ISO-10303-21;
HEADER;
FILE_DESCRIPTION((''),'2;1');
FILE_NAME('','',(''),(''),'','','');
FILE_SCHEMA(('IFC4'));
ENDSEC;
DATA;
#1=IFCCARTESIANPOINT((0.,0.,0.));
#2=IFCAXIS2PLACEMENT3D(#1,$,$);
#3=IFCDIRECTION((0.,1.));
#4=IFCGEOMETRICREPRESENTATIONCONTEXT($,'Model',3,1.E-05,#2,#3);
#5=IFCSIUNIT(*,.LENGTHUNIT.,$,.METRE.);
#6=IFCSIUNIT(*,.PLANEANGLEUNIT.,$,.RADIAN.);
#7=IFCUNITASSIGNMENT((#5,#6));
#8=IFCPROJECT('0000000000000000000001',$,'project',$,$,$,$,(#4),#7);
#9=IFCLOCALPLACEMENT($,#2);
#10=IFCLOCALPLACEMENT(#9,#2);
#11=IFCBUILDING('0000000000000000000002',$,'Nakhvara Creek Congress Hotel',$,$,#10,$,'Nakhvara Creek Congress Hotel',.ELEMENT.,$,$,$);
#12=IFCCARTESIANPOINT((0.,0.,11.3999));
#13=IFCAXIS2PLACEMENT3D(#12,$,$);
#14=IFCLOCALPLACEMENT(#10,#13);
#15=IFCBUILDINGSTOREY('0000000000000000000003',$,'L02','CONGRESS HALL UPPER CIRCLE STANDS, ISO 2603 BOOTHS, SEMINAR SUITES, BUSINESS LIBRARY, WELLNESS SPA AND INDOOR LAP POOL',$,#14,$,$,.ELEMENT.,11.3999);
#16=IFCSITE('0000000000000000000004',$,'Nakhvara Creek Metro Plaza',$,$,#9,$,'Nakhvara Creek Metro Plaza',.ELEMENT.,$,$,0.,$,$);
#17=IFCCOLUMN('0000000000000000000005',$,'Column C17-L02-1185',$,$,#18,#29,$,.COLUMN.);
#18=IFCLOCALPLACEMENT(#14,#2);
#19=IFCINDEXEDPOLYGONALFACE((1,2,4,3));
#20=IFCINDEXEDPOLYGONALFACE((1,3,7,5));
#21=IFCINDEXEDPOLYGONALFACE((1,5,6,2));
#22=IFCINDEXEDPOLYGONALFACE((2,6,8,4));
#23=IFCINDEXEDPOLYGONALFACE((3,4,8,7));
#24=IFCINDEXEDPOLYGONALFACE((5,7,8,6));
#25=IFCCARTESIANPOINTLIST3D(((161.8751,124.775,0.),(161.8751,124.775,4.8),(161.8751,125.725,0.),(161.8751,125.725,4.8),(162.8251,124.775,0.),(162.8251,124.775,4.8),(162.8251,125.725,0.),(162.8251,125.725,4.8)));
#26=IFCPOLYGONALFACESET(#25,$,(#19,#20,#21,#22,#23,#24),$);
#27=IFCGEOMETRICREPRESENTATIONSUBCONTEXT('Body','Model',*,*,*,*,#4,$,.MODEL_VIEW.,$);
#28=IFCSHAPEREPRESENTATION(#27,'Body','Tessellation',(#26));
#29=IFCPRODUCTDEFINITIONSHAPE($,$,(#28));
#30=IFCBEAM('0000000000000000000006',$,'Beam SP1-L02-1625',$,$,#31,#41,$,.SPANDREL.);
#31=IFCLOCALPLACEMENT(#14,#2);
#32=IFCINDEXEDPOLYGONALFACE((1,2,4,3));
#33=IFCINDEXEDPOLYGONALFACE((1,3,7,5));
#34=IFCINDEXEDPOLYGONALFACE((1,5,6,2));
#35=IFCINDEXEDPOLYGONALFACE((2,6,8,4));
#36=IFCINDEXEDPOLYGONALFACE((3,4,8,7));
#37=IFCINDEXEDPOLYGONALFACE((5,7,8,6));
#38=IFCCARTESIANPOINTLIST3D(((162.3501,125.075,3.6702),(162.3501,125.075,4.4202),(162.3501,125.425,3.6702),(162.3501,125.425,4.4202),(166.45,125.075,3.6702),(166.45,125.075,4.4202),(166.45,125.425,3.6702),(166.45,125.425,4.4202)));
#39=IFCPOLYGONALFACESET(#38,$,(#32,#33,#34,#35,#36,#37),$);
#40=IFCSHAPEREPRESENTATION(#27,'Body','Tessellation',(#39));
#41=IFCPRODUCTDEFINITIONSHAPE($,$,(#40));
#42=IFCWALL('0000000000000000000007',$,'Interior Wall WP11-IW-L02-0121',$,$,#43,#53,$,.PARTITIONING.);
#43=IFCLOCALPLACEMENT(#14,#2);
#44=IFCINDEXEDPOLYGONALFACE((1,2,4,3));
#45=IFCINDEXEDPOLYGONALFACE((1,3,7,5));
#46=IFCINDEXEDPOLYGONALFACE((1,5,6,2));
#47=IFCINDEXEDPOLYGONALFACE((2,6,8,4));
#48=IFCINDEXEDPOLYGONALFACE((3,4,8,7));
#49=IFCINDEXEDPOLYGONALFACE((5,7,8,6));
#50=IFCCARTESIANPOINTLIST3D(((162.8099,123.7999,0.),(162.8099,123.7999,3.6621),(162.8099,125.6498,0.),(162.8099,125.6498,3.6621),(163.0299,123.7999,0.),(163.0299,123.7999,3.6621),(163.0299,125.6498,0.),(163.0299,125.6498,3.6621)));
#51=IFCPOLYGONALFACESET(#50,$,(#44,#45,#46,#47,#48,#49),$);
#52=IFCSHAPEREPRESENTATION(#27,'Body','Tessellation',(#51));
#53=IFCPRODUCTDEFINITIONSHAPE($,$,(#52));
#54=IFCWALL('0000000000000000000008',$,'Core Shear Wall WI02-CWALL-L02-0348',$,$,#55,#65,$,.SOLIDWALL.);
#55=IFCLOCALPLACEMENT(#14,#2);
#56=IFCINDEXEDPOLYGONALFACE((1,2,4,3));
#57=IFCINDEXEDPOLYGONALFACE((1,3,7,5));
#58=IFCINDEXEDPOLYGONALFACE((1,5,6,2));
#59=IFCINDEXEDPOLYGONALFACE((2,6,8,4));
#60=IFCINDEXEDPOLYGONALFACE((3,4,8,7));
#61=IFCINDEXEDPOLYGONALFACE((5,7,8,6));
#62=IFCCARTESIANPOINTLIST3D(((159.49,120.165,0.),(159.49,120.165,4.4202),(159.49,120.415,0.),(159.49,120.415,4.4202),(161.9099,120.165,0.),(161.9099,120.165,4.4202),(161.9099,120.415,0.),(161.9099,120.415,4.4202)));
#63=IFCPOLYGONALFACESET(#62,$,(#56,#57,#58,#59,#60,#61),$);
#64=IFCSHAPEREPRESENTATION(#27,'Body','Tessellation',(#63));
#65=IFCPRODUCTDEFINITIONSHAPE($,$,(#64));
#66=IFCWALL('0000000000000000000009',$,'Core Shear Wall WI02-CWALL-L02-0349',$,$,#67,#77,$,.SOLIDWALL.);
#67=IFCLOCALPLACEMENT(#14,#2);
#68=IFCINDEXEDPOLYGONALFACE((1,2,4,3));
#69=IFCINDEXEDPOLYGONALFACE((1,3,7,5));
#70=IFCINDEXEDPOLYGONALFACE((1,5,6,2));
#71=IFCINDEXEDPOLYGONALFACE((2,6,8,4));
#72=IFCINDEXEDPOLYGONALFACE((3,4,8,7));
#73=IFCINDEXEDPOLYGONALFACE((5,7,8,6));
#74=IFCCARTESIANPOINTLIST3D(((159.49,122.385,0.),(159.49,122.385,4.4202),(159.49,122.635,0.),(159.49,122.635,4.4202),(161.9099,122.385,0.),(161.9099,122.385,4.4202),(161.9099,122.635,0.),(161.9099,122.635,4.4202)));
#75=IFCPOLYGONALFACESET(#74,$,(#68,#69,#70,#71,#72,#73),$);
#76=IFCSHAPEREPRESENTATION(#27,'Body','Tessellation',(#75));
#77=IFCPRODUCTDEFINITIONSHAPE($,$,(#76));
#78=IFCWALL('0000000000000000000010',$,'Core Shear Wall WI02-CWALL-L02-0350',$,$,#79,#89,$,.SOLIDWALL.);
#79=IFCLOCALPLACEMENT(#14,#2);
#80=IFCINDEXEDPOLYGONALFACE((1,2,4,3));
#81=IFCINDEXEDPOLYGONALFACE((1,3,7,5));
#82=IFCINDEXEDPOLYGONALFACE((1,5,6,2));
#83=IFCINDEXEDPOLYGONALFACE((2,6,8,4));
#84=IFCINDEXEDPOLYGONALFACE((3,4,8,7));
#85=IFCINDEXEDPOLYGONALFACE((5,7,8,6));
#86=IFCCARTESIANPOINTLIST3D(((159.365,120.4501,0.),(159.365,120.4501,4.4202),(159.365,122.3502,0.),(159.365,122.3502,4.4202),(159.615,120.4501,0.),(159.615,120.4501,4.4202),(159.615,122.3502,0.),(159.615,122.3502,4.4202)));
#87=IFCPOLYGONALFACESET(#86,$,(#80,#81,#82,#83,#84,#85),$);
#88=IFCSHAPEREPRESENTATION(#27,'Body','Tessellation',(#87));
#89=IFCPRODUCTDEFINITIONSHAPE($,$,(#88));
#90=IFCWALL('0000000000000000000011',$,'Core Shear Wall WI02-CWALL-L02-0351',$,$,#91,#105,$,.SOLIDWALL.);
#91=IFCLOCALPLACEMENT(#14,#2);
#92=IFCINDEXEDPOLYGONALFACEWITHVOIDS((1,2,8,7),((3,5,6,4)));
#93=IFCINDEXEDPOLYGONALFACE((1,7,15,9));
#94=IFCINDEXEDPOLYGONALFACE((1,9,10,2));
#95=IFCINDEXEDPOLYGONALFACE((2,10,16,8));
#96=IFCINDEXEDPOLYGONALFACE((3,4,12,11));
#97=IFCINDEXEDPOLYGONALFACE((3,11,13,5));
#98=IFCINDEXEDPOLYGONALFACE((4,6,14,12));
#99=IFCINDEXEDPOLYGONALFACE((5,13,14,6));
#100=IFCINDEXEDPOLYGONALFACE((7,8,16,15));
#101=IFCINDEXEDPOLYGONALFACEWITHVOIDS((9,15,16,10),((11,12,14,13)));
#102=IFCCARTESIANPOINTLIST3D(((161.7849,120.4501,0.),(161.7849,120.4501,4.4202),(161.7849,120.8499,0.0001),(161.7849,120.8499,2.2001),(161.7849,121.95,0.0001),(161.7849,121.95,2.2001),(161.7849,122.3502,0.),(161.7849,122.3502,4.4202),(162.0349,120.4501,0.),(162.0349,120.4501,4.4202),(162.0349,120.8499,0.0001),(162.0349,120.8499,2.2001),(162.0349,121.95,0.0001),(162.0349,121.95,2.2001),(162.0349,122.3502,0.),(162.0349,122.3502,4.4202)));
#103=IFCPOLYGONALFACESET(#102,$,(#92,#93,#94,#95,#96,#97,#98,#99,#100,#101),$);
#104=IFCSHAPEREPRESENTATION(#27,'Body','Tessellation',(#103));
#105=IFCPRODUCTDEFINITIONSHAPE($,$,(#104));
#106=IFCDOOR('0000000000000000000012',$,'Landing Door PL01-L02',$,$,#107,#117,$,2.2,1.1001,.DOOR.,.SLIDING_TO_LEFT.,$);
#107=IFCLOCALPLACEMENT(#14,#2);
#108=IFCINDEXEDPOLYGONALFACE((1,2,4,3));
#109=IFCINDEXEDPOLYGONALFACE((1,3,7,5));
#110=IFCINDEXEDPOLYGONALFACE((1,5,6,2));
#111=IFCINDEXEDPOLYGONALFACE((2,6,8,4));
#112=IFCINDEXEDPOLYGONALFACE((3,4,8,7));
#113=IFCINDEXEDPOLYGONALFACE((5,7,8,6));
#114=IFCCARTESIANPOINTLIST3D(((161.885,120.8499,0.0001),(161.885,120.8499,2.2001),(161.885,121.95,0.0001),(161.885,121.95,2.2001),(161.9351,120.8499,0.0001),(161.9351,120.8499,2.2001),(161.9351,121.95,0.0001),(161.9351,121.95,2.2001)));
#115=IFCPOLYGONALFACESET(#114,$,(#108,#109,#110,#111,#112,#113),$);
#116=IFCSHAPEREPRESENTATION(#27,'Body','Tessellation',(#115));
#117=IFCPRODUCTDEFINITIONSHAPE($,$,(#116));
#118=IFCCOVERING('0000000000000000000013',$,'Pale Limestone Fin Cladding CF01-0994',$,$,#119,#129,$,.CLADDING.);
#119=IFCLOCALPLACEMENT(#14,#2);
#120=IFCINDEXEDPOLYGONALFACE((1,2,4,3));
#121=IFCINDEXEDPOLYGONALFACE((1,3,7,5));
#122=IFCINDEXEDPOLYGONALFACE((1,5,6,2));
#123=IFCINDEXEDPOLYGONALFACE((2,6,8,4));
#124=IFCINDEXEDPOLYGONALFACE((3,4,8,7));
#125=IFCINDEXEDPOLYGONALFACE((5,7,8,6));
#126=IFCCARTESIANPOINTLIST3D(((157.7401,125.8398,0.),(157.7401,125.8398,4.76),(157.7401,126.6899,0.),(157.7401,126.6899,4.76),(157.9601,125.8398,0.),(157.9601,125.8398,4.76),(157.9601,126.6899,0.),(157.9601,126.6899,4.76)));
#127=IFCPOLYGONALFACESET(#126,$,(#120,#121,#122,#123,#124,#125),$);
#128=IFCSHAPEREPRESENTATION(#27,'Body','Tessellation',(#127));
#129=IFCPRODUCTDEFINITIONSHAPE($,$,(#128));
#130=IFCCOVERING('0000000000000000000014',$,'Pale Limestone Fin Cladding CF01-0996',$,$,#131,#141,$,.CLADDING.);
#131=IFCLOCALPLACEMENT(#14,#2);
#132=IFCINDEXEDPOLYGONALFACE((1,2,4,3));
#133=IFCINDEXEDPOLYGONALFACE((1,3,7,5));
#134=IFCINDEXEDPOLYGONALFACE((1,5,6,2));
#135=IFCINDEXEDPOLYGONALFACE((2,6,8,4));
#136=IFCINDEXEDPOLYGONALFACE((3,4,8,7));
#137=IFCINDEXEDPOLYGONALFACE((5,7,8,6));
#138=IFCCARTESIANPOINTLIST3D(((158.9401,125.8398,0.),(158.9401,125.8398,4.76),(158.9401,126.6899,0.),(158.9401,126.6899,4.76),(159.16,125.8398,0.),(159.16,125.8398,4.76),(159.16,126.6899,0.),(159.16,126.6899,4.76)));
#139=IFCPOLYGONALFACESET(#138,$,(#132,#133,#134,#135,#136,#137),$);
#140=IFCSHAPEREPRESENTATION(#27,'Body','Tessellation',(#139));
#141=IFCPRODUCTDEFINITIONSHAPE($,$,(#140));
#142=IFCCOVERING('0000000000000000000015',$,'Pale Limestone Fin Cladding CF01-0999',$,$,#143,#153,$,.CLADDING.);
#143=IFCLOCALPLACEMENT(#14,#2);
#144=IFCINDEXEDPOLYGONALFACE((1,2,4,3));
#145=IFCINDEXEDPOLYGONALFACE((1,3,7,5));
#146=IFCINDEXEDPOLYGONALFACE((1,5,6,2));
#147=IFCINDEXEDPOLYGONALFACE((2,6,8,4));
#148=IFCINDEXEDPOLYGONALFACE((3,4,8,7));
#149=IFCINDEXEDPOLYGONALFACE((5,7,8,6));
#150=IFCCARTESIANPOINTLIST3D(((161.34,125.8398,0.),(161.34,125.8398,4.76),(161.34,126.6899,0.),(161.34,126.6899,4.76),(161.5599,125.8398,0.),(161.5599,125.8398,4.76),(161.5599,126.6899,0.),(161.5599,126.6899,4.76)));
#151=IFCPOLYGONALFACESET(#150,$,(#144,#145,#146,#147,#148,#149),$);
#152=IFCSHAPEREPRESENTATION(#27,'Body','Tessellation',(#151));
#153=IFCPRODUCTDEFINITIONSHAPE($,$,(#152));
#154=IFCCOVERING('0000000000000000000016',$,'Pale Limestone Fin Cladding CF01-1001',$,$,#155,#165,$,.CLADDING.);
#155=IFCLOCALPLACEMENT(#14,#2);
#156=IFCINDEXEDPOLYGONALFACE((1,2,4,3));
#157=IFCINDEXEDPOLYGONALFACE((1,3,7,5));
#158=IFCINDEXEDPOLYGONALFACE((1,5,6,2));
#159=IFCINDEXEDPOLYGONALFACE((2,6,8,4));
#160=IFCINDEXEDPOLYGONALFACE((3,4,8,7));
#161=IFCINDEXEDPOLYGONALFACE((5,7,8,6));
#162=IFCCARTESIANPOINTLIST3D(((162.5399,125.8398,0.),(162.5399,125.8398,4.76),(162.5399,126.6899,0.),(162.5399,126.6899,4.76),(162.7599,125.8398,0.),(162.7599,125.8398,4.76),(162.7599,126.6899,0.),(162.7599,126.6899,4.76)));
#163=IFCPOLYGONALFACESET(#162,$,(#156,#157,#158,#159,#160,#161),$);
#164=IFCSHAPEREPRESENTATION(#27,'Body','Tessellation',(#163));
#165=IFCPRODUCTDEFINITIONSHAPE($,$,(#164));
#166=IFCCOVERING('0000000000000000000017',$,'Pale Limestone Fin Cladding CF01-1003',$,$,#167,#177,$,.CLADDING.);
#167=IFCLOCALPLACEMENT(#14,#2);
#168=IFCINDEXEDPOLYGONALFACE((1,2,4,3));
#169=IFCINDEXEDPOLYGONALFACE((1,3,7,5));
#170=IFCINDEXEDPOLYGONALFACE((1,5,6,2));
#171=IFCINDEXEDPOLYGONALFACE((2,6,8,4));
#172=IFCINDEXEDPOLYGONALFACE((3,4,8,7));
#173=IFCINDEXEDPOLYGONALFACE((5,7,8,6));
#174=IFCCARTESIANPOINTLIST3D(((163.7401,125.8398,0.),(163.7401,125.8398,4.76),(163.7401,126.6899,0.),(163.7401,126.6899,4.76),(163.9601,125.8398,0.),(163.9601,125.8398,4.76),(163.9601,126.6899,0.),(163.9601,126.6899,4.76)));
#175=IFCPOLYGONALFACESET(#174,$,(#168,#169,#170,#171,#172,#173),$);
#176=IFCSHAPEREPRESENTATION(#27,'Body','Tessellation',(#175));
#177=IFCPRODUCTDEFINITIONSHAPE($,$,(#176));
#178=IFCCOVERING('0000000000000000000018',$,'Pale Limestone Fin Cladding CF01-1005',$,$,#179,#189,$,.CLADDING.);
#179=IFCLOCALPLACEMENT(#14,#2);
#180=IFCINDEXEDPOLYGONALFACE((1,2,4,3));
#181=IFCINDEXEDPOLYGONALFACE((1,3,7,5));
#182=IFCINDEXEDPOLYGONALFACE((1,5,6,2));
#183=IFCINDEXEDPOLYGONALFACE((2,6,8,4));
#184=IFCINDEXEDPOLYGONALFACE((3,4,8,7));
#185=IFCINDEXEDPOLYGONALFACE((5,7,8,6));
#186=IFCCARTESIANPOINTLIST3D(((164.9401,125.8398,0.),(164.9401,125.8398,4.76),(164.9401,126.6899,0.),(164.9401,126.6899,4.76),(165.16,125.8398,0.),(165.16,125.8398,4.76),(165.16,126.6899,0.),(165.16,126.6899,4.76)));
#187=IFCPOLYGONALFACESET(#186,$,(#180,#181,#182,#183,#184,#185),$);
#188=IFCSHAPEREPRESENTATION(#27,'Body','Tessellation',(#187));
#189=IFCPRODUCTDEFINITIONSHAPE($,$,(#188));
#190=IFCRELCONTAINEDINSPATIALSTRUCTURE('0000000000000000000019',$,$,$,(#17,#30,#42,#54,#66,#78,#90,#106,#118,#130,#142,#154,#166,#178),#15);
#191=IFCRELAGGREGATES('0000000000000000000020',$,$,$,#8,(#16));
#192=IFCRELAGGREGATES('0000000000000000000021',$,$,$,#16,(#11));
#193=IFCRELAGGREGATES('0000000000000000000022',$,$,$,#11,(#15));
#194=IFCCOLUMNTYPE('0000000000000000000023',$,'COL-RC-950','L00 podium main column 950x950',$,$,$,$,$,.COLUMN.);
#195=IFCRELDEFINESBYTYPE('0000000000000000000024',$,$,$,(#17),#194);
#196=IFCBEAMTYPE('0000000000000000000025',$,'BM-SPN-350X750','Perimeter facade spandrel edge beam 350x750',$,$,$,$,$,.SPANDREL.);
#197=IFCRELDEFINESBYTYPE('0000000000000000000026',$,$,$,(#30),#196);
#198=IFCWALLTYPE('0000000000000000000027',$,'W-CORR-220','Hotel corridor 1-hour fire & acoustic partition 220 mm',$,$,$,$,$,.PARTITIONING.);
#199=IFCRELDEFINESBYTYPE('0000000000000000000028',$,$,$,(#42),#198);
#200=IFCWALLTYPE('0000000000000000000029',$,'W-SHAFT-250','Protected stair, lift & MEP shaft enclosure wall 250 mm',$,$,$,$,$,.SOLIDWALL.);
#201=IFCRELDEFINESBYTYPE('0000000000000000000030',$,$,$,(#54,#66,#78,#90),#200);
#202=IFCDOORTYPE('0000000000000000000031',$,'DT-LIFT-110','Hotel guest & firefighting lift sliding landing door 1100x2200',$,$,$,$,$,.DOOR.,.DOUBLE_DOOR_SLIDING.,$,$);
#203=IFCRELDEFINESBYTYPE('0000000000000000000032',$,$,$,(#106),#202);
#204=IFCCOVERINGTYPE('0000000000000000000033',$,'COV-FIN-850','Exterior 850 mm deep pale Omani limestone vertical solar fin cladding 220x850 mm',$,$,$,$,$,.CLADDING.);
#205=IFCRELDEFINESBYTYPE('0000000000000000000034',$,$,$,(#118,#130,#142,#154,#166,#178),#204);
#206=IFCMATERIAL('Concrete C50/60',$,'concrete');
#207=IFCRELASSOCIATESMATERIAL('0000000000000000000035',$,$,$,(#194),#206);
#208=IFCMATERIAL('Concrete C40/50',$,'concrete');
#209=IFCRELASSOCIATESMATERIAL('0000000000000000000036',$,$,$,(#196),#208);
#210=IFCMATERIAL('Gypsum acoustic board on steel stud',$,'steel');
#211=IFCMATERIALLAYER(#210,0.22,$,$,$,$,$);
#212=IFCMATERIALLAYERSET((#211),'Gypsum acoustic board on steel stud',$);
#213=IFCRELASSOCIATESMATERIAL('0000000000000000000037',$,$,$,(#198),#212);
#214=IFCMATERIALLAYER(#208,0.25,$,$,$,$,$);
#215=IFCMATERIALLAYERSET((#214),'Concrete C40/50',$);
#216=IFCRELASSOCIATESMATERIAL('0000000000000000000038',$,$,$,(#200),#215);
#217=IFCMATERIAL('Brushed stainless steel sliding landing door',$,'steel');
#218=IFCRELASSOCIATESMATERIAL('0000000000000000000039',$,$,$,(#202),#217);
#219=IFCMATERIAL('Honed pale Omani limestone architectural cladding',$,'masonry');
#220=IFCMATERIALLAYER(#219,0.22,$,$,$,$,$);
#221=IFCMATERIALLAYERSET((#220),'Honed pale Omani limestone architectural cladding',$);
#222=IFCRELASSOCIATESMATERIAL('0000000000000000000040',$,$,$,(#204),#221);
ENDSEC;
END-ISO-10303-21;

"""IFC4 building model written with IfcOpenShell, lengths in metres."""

from ifc_helpers import new_model, si_unit, direction, frame, frame_2d, origin, origin_2d, place, context, subcontext, project, spatial, rectangle, extrude, material, layer, layer_set, material_profile, profile_set, type_object, element, fill, save


model = new_model("IFC4")

# Units and contexts
model_context = context("Model", 3, precision=1e-05, world=origin(), true_north=direction((0.0, 1.0)))
body_context = subcontext(model_context, "Body", "Model", "MODEL_VIEW")
ifc_project = project(units=[si_unit("LENGTHUNIT", "METRE"), si_unit("PLANEANGLEUNIT", "RADIAN")], contexts=[model_context])

# Site, building, storey
site_placement = place(None, origin())
site = spatial("IfcSite", under=ifc_project, at=site_placement, Name="Nakhvara Creek Metro Plaza", LongName="Nakhvara Creek Metro Plaza", CompositionType="ELEMENT", RefElevation=0.0)
building_placement = place(site_placement, origin())
building = spatial("IfcBuilding", under=site, at=building_placement, Name="Nakhvara Creek Congress Hotel", LongName="Nakhvara Creek Congress Hotel", CompositionType="ELEMENT")
storey_placement = place(building_placement, frame((0.0, 0.0, 11.3999)))
storey = spatial("IfcBuildingStorey", under=building, at=storey_placement, Name="L02", Description="CONGRESS HALL UPPER CIRCLE STANDS, ISO 2603 BOOTHS, SEMINAR SUITES, BUSINESS LIBRARY, WELLNESS SPA AND INDOOR LAP POOL", CompositionType="ELEMENT", Elevation=11.3999)

# Column
ifc_material_1 = material(Name="Concrete C50/60", Category="concrete")
ifc_material_profile_1 = material_profile(ifc_material_1, rectangle(XDim=0.95, YDim=0.95, at=origin_2d()), Name="RC-COL 950x950", Category="LoadBearing")
ifc_profile_set_1 = profile_set([ifc_material_profile_1], Name="Concrete C50/60")
column_type = type_object("IfcColumnType", Name="COL-RC-950", Description="L00 podium main column 950x950", PredefinedType="COLUMN", material=ifc_profile_set_1)
column_placement = place(storey_placement, frame((162.3501, 125.25, 0.0), z_axis=(0.0, 0.0, 1.0), x_axis=(1.0, 0.0, 0.0)))
element("IfcColumn", 1, at=column_placement, inside=storey, type_object=column_type, Name="Column C17-L02-1185", PredefinedType="COLUMN", context=body_context, shape_type="SweptSolid", body=[
    extrude(rectangle(XDim=0.95, YDim=0.95, at=origin_2d()), origin(), (0.0, 0.0, 1.0), 4.8),
])

# Beam
ifc_material_2 = material(Name="Concrete C40/50", Category="concrete")
ifc_material_profile_2 = material_profile(ifc_material_2, rectangle(XDim=0.3501, YDim=0.75, at=origin_2d()), Name="RC-SPANDREL 350x750", Category="LoadBearing")
ifc_profile_set_2 = profile_set([ifc_material_profile_2], Name="Concrete C40/50")
beam_type = type_object("IfcBeamType", Name="BM-SPN-350X750", Description="Perimeter facade spandrel edge beam 350x750", PredefinedType="SPANDREL", material=ifc_profile_set_2)
beam_placement = place(storey_placement, frame((162.3501, 125.25, 4.0452), z_axis=(1.0, 0.0, 0.0), x_axis=(0.0, 1.0, 0.0)))
element("IfcBeam", 2, at=beam_placement, inside=storey, type_object=beam_type, Name="Beam SP1-L02-1625", PredefinedType="SPANDREL", context=body_context, shape_type="SweptSolid", body=[
    extrude(rectangle(XDim=0.3501, YDim=0.75, at=origin_2d()), origin(), (0.0, 0.0, 1.0), 4.0999),
])

# Walls
ifc_material_3 = material(Name="Gypsum acoustic board on steel stud", Category="steel")
ifc_layer_1 = layer(ifc_material_3, 0.22)
ifc_layer_set_1 = layer_set([ifc_layer_1], Name="Gypsum acoustic board on steel stud")
wall_type_1 = type_object("IfcWallType", Name="W-CORR-220", Description="Hotel corridor 1-hour fire & acoustic partition 220 mm", PredefinedType="PARTITIONING", material=ifc_layer_set_1)
wall_1_placement = place(storey_placement, frame((162.9199, 123.8, 0.0), z_axis=(0.0, 0.0, 1.0), x_axis=(0.0, 1.0, 0.0)))
element("IfcWall", 3, at=wall_1_placement, inside=storey, type_object=wall_type_1, Name="Interior Wall WP11-IW-L02-0121", PredefinedType="PARTITIONING", context=body_context, shape_type="SweptSolid", body=[
    extrude(rectangle(XDim=1.8499, YDim=0.22, at=frame_2d((0.9248, 0.0))), origin(), (0.0, 0.0, 1.0), 3.6621),
])
ifc_layer_2 = layer(ifc_material_2, 0.25)
ifc_layer_set_2 = layer_set([ifc_layer_2], Name="Concrete C40/50")
wall_type_2 = type_object("IfcWallType", Name="W-SHAFT-250", Description="Protected stair, lift & MEP shaft enclosure wall 250 mm", PredefinedType="SOLIDWALL", material=ifc_layer_set_2)
for number, where, z_axis, x_axis, name in (
    (4, (159.49, 120.29, 0.0), (0.0, 0.0, 1.0), (1.0, 0.0, 0.0), "Core Shear Wall WI02-CWALL-L02-0348"),
    (5, (159.49, 122.51, 0.0), (0.0, 0.0, 1.0), (1.0, 0.0, 0.0), "Core Shear Wall WI02-CWALL-L02-0349"),
):
    element("IfcWall", number, at=place(storey_placement, frame(where, z_axis=z_axis, x_axis=x_axis)), inside=storey, type_object=wall_type_2, Name=name, PredefinedType="SOLIDWALL", context=body_context, shape_type="SweptSolid", body=[
        extrude(rectangle(XDim=2.4199, YDim=0.25, at=frame_2d((1.21, 0.0))), origin(), (0.0, 0.0, 1.0), 4.4202),
    ])
wall_2_placement = place(storey_placement, frame((159.49, 120.45, 0.0), z_axis=(0.0, 0.0, 1.0), x_axis=(0.0, 1.0, 0.0)))
element("IfcWall", 6, at=wall_2_placement, inside=storey, type_object=wall_type_2, Name="Core Shear Wall WI02-CWALL-L02-0350", PredefinedType="SOLIDWALL", context=body_context, shape_type="SweptSolid", body=[
    extrude(rectangle(XDim=1.9001, YDim=0.25, at=frame_2d((0.9502, 0.0))), origin(), (0.0, 0.0, 1.0), 4.4202),
])

# Wall, opening, door
wall_3_placement = place(storey_placement, frame((161.9099, 120.45, 0.0), z_axis=(0.0, 0.0, 1.0), x_axis=(0.0, 1.0, 0.0)))
wall_3 = element("IfcWall", 7, at=wall_3_placement, inside=storey, type_object=wall_type_2, Name="Core Shear Wall WI02-CWALL-L02-0351", PredefinedType="SOLIDWALL", context=body_context, shape_type="SweptSolid", body=[
    extrude(rectangle(XDim=1.9001, YDim=0.25, at=frame_2d((0.9502, 0.0))), origin(), (0.0, 0.0, 1.0), 4.4202),
])
opening_placement = place(wall_3_placement, frame((0.3999, 0.0, 0.0)))
opening = element("IfcOpeningElement", 8, at=opening_placement, cuts=wall_3, PredefinedType="OPENING", context=body_context, shape_type="SweptSolid", body=[
    extrude(rectangle(XDim=1.1001, YDim=2.2, at=frame_2d((0.55, 1.1001))), frame((0.0, 0.137, 0.0), z_axis=(0.0, -1.0, 0.0), x_axis=(1.0, 0.0, 0.0)), (0.0, 0.0, 1.0), 0.2739),
])
ifc_material_4 = material(Name="Brushed stainless steel sliding landing door", Category="steel")
door_type = type_object("IfcDoorType", Name="DT-LIFT-110", Description="Hotel guest & firefighting lift sliding landing door 1100x2200", OperationType="DOUBLE_DOOR_SLIDING", PredefinedType="DOOR", material=ifc_material_4)
door_placement = place(opening_placement, origin())
door = element("IfcDoor", 9, at=door_placement, inside=storey, type_object=door_type, Name="Landing Door PL01-L02", OperationType="SLIDING_TO_LEFT", OverallHeight=2.2, OverallWidth=1.1001, PredefinedType="DOOR", context=body_context, shape_type="SweptSolid", body=[
    extrude(rectangle(XDim=1.1001, YDim=2.2, at=frame_2d((0.55, 1.1001))), frame((0.0, 0.0249, 0.0), z_axis=(0.0, -1.0, 0.0), x_axis=(1.0, 0.0, 0.0)), (0.0, 0.0, 1.0), 0.05),
])
fill(opening, door)

# Coverings
ifc_material_5 = material(Name="Honed pale Omani limestone architectural cladding", Category="masonry")
ifc_layer_3 = layer(ifc_material_5, 0.22)
ifc_layer_set_3 = layer_set([ifc_layer_3], Name="Honed pale Omani limestone architectural cladding")
covering_type_1 = type_object("IfcCoveringType", Name="COV-FIN-850", Description="Exterior 850 mm deep pale Omani limestone vertical solar fin cladding 220x850 mm", PredefinedType="CLADDING", material=ifc_layer_set_3)
for number, where, z_axis, x_axis, name in (
    (10, (157.8501, 126.2649, 0.0), (0.0, 0.0, 1.0), (1.0, 0.0, 0.0), "Pale Limestone Fin Cladding CF01-0994"),
    (11, (159.05, 126.2649, 0.0), (0.0, 0.0, 1.0), (1.0, 0.0, 0.0), "Pale Limestone Fin Cladding CF01-0996"),
    (12, (161.45, 126.2649, 0.0), (0.0, 0.0, 1.0), (1.0, 0.0, 0.0), "Pale Limestone Fin Cladding CF01-0999"),
    (13, (162.6499, 126.2649, 0.0), (0.0, 0.0, 1.0), (1.0, 0.0, 0.0), "Pale Limestone Fin Cladding CF01-1001"),
    (14, (163.8501, 126.2649, 0.0), (0.0, 0.0, 1.0), (1.0, 0.0, 0.0), "Pale Limestone Fin Cladding CF01-1003"),
    (15, (165.05, 126.2649, 0.0), (0.0, 0.0, 1.0), (1.0, 0.0, 0.0), "Pale Limestone Fin Cladding CF01-1005"),
):
    element("IfcCovering", number, at=place(storey_placement, frame(where, z_axis=z_axis, x_axis=x_axis)), inside=storey, type_object=covering_type_1, Name=name, PredefinedType="CLADDING", context=body_context, shape_type="SweptSolid", body=[
        extrude(rectangle(XDim=0.22, YDim=0.8501, at=origin_2d()), origin(), (0.0, 0.0, 1.0), 4.76),
    ])

save(model, "model.ifc")
